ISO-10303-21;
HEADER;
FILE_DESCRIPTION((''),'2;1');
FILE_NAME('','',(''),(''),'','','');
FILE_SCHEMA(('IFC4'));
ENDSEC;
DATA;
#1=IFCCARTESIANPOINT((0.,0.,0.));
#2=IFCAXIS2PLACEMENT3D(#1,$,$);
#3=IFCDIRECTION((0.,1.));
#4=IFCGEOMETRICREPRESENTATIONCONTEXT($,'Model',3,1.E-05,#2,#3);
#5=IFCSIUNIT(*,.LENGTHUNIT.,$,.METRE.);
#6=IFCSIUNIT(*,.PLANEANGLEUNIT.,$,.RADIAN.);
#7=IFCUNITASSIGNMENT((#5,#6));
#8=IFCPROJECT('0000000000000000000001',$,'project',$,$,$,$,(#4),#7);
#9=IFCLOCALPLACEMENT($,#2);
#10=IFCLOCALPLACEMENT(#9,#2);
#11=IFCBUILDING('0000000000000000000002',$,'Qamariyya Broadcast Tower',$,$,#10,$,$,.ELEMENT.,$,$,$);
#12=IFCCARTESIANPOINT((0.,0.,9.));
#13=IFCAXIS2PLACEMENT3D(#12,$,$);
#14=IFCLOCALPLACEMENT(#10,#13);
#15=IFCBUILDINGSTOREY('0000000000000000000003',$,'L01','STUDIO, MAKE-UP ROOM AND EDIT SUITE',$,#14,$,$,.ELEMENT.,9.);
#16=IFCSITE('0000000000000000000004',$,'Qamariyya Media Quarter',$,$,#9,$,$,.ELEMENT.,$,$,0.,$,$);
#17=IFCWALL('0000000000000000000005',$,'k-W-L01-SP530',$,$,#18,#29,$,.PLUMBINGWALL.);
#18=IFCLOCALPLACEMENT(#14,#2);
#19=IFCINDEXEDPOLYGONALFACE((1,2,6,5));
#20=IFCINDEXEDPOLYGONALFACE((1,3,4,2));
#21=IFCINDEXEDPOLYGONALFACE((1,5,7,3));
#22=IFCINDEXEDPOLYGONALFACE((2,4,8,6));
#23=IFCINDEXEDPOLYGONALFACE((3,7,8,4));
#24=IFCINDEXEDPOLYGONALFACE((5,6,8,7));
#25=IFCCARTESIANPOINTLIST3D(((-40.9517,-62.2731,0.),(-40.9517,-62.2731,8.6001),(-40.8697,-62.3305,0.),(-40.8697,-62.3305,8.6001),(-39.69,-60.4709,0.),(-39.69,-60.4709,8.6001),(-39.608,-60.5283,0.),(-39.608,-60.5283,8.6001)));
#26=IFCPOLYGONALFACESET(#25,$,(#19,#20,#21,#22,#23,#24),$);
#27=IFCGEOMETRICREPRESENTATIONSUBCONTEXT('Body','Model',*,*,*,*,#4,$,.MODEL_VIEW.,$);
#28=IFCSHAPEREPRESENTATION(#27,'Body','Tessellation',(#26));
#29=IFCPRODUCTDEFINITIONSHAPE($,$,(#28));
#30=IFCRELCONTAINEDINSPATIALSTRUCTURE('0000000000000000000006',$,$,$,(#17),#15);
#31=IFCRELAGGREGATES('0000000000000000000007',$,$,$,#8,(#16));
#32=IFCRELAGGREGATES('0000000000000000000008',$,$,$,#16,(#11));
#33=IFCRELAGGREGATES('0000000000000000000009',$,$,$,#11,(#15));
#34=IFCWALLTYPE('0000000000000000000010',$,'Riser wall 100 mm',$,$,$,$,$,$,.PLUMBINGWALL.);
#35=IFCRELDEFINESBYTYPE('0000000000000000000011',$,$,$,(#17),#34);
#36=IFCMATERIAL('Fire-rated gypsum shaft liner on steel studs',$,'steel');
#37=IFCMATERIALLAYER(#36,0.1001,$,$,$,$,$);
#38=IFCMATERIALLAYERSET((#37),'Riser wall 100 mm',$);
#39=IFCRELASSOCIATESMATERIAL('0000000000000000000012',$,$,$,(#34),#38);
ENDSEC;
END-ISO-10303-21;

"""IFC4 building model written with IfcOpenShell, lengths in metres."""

from ifc_helpers import new_model, si_unit, direction, frame, frame_2d, origin, place, context, subcontext, project, spatial, rectangle, extrude, material, layer, layer_set, type_object, element, save


model = new_model("IFC4")

# Units and contexts
model_context = context("Model", 3, precision=1e-05, world=origin(), true_north=direction((0.0, 1.0)))
body_context = subcontext(model_context, "Body", "Model", "MODEL_VIEW")
ifc_project = project(units=[si_unit("LENGTHUNIT", "METRE"), si_unit("PLANEANGLEUNIT", "RADIAN")], contexts=[model_context])

# Site, building, storey
site_placement = place(None, origin())
site = spatial("IfcSite", under=ifc_project, at=site_placement, Name="Qamariyya Media Quarter", CompositionType="ELEMENT", RefElevation=0.0)
building_placement = place(site_placement, origin())
building = spatial("IfcBuilding", under=site, at=building_placement, Name="Qamariyya Broadcast Tower", CompositionType="ELEMENT")
storey_placement = place(building_placement, frame((0.0, 0.0, 9.0)))
storey = spatial("IfcBuildingStorey", under=building, at=storey_placement, Name="L01", Description="STUDIO, MAKE-UP ROOM AND EDIT SUITE", CompositionType="ELEMENT", Elevation=9.0)

# Wall
ifc_material_1 = material(Name="Fire-rated gypsum shaft liner on steel studs", Category="steel")
ifc_layer_1 = layer(ifc_material_1, 0.1001)
ifc_layer_set_1 = layer_set([ifc_layer_1], Name="Riser wall 100 mm")
wall_type_1 = type_object("IfcWallType", Name="Riser wall 100 mm", PredefinedType="PLUMBINGWALL", material=ifc_layer_set_1)
wall_1_placement = place(storey_placement, frame((-39.6489, -60.4995, 0.0), z_axis=(0.0, 0.0, 1.0), x_axis=(-0.573507, -0.819201, 0.0)))
element("IfcWall", 1, at=wall_1_placement, inside=storey, type_object=wall_type_1, Name="k-W-L01-SP530", PredefinedType="PLUMBINGWALL", context=body_context, shape_type="SweptSolid", body=[
    extrude(rectangle(XDim=2.2, YDim=0.1001, at=frame_2d((1.1001, 0.0))), origin(), (0.0, 0.0, 1.0), 8.6001),
])

save(model, "model.ifc")
